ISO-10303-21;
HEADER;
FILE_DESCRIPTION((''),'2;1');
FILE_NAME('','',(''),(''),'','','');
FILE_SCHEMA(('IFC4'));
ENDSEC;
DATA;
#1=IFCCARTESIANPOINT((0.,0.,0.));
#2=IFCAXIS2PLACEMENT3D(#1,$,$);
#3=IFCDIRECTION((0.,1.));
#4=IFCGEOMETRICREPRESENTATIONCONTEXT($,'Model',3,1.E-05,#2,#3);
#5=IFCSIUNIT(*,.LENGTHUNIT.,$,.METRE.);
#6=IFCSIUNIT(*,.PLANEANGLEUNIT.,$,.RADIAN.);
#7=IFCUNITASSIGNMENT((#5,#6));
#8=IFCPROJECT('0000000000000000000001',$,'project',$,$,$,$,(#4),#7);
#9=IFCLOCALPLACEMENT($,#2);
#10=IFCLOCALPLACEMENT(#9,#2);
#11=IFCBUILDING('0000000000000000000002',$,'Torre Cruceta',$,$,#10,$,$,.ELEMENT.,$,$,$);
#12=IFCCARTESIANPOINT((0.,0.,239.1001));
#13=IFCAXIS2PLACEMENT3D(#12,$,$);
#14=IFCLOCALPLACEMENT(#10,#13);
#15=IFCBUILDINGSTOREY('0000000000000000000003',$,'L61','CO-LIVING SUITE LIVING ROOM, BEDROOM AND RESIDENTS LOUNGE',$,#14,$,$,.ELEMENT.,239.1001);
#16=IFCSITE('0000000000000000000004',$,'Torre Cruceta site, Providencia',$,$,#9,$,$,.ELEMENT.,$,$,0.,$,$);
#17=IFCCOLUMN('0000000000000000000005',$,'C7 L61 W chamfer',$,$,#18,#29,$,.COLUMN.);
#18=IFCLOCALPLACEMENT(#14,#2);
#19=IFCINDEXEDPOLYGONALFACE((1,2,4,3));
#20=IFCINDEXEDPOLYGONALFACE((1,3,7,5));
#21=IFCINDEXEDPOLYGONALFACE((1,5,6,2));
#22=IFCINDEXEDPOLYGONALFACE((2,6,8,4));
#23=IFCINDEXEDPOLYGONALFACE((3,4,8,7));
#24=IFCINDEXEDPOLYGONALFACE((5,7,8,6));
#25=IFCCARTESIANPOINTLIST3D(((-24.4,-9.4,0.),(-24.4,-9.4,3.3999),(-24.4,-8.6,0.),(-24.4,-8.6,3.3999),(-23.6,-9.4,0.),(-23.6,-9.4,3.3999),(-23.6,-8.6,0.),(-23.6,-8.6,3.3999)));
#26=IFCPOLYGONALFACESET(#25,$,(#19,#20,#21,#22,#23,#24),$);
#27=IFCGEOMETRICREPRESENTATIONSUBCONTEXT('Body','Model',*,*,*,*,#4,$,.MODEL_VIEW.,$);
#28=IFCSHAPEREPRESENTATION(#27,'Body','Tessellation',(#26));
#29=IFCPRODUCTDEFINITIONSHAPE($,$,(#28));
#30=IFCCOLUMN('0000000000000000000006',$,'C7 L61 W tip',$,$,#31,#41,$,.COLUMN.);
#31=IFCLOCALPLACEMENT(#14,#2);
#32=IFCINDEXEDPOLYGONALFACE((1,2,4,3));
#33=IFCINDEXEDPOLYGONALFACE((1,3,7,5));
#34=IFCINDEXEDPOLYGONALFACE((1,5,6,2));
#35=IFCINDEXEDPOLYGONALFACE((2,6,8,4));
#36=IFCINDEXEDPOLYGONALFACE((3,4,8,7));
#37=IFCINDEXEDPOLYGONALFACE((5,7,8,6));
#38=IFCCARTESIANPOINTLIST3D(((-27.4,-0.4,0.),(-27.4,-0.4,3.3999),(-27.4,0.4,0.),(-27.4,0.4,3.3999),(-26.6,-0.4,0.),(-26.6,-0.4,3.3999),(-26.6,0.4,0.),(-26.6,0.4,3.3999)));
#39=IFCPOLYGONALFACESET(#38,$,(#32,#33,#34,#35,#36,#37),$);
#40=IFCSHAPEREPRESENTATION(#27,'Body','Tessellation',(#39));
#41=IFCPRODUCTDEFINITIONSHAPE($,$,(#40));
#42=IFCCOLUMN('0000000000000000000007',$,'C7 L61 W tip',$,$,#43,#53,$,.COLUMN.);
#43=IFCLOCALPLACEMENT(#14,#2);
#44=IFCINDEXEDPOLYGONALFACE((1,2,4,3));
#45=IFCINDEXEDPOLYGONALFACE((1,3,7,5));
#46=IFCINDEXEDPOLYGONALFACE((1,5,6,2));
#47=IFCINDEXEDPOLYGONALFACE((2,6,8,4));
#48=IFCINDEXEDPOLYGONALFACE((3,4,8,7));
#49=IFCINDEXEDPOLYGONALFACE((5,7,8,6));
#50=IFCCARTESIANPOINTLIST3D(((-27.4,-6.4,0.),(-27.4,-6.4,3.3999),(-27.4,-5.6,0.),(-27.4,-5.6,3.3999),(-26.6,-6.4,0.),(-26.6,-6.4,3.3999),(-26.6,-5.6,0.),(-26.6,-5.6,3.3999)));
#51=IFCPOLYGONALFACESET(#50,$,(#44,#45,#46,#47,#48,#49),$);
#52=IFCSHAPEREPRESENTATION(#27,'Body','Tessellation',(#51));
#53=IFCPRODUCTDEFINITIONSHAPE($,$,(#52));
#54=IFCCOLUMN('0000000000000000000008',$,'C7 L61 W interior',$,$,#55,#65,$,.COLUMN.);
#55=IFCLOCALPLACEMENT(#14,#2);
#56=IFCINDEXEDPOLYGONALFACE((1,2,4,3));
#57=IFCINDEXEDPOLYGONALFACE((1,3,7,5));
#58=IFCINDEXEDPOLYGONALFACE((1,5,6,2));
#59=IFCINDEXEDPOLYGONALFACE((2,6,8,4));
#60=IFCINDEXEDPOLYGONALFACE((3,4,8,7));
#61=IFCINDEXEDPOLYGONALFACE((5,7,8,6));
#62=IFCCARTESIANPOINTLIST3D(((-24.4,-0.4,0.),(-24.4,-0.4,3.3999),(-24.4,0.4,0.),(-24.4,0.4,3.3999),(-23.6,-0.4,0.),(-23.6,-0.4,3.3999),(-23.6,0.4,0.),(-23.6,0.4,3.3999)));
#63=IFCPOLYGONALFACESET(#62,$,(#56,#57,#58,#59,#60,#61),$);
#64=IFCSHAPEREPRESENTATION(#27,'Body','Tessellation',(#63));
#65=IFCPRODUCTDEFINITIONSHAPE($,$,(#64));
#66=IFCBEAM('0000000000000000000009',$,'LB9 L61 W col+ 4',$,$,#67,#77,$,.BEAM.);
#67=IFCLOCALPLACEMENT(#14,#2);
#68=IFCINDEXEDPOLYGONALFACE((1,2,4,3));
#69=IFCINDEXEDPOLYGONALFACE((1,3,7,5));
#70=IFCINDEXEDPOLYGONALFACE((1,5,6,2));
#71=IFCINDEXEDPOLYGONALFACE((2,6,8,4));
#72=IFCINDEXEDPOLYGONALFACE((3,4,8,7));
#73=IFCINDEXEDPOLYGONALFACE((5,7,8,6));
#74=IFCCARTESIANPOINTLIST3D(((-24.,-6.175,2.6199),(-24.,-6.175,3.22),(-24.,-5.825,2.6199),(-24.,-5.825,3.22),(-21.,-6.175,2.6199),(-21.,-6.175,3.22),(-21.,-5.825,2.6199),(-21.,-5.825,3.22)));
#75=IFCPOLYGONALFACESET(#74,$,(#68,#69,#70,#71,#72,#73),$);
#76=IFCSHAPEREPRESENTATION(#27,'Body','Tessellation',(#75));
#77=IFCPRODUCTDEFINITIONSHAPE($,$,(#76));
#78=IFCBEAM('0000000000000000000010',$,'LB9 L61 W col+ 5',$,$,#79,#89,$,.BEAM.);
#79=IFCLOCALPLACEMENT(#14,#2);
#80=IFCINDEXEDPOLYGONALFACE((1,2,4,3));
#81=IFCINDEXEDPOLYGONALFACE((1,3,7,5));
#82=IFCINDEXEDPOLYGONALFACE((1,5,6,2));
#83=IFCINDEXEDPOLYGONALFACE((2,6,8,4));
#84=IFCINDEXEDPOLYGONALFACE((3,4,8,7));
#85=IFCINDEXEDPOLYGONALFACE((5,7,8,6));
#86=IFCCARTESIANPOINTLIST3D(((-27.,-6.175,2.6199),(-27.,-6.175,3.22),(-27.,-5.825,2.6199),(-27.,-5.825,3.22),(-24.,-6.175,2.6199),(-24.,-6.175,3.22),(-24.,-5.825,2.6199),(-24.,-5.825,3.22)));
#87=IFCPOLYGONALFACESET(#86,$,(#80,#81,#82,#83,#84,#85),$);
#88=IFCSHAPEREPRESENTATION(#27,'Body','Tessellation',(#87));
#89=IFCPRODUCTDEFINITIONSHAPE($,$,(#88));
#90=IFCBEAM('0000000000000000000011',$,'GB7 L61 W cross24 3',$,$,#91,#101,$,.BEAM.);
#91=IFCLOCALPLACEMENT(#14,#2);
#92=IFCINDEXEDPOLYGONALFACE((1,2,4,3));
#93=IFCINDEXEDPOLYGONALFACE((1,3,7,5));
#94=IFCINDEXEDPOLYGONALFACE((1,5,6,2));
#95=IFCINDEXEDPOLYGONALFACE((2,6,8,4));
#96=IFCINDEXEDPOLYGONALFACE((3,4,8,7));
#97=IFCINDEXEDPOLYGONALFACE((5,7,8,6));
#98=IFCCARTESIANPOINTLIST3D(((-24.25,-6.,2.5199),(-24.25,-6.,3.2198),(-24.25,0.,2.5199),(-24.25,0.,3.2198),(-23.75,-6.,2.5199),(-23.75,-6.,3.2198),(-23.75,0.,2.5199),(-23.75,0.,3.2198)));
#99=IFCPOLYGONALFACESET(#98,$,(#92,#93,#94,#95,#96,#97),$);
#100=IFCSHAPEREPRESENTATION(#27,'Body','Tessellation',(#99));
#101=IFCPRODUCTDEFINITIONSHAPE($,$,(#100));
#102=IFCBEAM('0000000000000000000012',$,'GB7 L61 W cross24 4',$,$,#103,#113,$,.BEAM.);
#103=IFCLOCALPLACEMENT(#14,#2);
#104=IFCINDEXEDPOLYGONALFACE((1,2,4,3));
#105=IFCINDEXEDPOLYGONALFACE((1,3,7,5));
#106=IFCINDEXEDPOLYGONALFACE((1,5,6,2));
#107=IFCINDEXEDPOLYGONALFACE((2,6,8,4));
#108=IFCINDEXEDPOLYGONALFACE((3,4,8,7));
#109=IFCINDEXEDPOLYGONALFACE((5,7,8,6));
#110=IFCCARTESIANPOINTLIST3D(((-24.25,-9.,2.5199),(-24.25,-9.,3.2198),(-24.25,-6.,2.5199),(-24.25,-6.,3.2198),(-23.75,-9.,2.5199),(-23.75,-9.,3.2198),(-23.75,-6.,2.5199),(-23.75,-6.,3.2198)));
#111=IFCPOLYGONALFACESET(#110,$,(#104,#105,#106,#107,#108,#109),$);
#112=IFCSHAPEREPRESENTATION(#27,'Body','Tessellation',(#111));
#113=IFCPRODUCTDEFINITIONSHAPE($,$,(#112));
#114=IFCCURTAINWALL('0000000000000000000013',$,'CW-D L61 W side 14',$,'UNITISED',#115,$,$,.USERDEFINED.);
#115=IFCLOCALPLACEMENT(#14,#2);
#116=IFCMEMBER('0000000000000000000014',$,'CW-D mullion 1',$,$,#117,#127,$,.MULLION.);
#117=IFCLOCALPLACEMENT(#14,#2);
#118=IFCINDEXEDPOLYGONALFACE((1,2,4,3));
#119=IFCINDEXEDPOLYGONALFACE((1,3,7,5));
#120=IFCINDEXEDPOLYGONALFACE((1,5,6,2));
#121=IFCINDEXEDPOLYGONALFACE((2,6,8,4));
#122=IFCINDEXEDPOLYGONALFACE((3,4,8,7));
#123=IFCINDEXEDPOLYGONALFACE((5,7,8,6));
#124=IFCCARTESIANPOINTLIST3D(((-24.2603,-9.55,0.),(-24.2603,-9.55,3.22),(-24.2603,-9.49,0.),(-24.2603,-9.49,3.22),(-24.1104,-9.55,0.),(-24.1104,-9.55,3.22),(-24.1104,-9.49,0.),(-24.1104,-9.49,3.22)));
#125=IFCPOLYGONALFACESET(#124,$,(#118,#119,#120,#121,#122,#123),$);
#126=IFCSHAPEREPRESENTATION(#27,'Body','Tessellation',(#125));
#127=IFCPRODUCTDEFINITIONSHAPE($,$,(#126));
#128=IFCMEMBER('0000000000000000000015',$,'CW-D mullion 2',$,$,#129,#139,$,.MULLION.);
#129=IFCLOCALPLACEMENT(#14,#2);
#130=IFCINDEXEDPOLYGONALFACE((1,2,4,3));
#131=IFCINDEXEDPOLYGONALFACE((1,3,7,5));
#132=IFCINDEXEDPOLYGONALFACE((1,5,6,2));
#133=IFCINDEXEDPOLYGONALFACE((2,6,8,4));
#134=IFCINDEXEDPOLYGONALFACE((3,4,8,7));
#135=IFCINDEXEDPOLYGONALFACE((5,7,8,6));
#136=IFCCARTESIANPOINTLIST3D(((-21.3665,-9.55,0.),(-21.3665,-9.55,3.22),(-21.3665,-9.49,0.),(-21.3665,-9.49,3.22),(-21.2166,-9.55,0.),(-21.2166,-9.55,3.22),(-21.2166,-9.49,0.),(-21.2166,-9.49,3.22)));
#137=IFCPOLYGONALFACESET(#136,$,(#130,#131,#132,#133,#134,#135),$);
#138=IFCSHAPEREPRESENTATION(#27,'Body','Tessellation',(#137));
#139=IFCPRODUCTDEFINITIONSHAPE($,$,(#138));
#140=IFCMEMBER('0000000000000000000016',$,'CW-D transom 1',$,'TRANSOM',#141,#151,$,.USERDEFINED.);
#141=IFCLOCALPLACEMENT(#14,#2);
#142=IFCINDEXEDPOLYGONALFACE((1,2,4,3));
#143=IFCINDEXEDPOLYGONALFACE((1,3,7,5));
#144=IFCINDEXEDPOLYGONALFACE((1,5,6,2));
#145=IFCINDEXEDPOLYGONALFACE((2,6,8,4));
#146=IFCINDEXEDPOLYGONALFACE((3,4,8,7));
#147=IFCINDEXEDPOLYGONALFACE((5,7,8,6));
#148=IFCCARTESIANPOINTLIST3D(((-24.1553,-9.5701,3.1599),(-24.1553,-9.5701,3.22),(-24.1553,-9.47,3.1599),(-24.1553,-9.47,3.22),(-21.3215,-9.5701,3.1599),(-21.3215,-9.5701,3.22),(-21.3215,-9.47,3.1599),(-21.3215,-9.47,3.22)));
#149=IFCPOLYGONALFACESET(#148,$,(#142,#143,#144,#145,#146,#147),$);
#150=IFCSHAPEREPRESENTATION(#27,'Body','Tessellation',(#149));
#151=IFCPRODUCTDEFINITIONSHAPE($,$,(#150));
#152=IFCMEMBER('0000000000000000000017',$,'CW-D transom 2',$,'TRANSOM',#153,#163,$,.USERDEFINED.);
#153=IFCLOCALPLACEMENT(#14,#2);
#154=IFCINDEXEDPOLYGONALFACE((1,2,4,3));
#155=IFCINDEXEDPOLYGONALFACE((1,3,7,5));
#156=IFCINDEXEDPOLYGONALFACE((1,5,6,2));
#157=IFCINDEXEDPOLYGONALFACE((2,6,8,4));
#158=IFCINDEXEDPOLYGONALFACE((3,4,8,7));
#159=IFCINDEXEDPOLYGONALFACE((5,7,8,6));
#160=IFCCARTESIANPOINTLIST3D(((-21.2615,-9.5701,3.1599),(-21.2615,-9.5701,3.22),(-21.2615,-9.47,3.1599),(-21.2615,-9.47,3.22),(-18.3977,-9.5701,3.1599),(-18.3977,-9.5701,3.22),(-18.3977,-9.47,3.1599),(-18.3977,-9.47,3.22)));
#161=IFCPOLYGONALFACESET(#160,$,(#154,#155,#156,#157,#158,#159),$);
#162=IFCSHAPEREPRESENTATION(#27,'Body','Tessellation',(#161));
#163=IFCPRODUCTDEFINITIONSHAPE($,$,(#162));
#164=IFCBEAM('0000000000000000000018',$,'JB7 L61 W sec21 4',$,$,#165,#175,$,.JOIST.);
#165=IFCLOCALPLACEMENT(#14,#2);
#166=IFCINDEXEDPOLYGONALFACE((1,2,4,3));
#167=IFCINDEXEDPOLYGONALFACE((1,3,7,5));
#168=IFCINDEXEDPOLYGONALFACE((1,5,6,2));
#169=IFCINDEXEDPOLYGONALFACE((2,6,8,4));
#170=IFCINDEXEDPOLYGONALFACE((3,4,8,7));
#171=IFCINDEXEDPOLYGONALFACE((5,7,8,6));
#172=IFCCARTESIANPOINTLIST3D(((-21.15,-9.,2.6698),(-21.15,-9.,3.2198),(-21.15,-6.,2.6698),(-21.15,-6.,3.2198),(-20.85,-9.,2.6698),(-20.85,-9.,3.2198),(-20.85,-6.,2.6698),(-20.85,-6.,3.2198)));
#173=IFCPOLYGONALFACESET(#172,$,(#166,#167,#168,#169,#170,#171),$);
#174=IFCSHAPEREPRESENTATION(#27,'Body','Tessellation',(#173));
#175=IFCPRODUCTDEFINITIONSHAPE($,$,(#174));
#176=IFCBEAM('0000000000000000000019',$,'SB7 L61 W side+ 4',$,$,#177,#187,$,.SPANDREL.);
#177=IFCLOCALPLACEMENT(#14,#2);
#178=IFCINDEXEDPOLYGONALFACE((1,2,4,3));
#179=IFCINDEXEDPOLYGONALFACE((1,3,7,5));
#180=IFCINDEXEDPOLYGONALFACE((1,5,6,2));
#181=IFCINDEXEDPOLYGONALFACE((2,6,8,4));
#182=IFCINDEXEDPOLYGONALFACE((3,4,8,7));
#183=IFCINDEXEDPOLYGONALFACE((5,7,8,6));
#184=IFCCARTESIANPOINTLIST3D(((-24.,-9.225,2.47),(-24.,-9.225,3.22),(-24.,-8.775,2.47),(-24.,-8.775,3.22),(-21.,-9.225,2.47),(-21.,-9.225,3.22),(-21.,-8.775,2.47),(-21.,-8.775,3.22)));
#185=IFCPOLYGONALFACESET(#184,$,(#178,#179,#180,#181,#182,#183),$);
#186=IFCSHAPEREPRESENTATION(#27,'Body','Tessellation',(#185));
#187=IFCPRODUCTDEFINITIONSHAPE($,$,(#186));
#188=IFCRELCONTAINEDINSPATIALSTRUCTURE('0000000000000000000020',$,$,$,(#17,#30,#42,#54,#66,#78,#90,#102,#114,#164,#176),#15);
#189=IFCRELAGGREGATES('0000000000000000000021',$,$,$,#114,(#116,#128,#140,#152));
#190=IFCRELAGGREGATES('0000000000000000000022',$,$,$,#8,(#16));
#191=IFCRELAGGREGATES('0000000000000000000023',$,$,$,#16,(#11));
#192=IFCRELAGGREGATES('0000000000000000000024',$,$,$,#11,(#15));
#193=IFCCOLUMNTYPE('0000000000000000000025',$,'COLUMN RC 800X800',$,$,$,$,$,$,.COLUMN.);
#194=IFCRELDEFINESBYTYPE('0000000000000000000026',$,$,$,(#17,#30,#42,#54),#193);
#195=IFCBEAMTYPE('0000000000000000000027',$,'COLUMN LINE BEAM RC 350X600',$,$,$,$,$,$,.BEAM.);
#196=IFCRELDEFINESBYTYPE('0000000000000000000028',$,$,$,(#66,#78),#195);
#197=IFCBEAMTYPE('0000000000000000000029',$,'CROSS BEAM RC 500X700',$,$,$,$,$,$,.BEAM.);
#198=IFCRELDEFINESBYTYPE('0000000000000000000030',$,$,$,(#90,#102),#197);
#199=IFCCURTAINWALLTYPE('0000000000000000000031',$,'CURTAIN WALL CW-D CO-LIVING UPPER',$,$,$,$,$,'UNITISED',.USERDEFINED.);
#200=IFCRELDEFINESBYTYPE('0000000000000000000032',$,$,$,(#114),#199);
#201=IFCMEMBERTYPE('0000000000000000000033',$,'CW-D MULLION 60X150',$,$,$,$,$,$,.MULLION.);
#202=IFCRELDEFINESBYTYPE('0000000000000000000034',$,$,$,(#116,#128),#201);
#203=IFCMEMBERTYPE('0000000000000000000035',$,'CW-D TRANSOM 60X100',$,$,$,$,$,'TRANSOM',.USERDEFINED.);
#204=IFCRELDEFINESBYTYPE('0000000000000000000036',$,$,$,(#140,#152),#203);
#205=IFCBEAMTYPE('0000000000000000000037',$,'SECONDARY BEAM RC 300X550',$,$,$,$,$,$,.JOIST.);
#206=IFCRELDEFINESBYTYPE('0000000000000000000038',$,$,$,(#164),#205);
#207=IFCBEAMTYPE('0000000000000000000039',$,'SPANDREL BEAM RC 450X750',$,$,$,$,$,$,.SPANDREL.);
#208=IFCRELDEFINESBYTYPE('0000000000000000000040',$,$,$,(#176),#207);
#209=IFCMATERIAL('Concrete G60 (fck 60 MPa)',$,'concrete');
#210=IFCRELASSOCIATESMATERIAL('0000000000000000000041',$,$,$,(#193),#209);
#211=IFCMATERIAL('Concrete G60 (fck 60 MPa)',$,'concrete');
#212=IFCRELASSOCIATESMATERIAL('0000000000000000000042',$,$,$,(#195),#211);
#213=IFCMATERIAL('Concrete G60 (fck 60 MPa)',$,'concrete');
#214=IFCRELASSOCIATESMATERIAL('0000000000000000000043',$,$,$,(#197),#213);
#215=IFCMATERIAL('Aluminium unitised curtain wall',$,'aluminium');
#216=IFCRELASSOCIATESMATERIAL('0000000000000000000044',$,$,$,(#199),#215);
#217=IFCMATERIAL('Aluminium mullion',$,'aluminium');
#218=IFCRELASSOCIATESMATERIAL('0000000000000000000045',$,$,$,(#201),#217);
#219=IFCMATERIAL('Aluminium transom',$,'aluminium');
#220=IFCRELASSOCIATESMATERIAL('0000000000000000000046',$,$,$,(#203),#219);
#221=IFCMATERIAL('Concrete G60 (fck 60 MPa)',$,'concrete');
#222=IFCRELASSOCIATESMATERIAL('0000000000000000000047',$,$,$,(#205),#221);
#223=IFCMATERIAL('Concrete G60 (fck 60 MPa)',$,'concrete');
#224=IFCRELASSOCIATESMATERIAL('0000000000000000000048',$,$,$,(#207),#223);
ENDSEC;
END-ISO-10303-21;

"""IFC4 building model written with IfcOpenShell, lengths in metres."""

from ifc_helpers import new_model, si_unit, direction, frame, origin, origin_2d, place, context, subcontext, project, spatial, rectangle, extrude, material, material_profile, profile_set, type_object, element, aggregate, save


model = new_model("IFC4")

# Units and contexts
model_context = context("Model", 3, precision=1e-05, world=origin(), true_north=direction((0.0, 1.0)))
body_context = subcontext(model_context, "Body", "Model", "MODEL_VIEW")
ifc_project = project(units=[si_unit("LENGTHUNIT", "METRE"), si_unit("PLANEANGLEUNIT", "RADIAN")], contexts=[model_context])

# Site, building, storey
site_placement = place(None, origin())
site = spatial("IfcSite", under=ifc_project, at=site_placement, Name="Torre Cruceta site, Providencia", CompositionType="ELEMENT", RefElevation=0.0)
building_placement = place(site_placement, origin())
building = spatial("IfcBuilding", under=site, at=building_placement, Name="Torre Cruceta", CompositionType="ELEMENT")
storey_placement = place(building_placement, frame((0.0, 0.0, 239.1001)))
storey = spatial("IfcBuildingStorey", under=building, at=storey_placement, Name="L61", Description="CO-LIVING SUITE LIVING ROOM, BEDROOM AND RESIDENTS LOUNGE", CompositionType="ELEMENT", Elevation=239.1001)

# Columns
ifc_material_1 = material(Name="Concrete G60 (fck 60 MPa)", Category="concrete")
ifc_material_profile_1 = material_profile(ifc_material_1, rectangle(XDim=0.8, YDim=0.8, at=origin_2d()), Name="RC 800X800")
ifc_profile_set_1 = profile_set([ifc_material_profile_1], Name="Concrete G60 (fck 60 MPa)")
column_type = type_object("IfcColumnType", Name="COLUMN RC 800X800", PredefinedType="COLUMN", material=ifc_profile_set_1)
for number, where, z_axis, x_axis, name in (
    (1, (-24.0, -9.0, 0.0), (0.0, 0.0, 1.0), (1.0, 0.0, 0.0), "C7 L61 W chamfer"),
    (2, (-27.0, 0.0, 0.0), (0.0, 0.0, 1.0), (1.0, 0.0, 0.0), "C7 L61 W tip"),
    (3, (-27.0, -6.0, 0.0), (0.0, 0.0, 1.0), (1.0, 0.0, 0.0), "C7 L61 W tip"),
    (4, (-24.0, 0.0, 0.0), (0.0, 0.0, 1.0), (1.0, 0.0, 0.0), "C7 L61 W interior"),
):
    element("IfcColumn", number, at=place(storey_placement, frame(where, z_axis=z_axis, x_axis=x_axis)), inside=storey, type_object=column_type, Name=name, PredefinedType="COLUMN", context=body_context, shape_type="SweptSolid", body=[
        extrude(rectangle(XDim=0.8, YDim=0.8, at=origin_2d()), origin(), (0.0, 0.0, 1.0), 3.3999),
    ])

# Beams
ifc_material_2 = material(Name="Concrete G60 (fck 60 MPa)", Category="concrete")
ifc_material_profile_2 = material_profile(ifc_material_2, rectangle(XDim=0.3501, YDim=0.6001, at=origin_2d()), Name="RC 350X600")
ifc_profile_set_2 = profile_set([ifc_material_profile_2], Name="Concrete G60 (fck 60 MPa)")
beam_type_1 = type_object("IfcBeamType", Name="COLUMN LINE BEAM RC 350X600", PredefinedType="BEAM", material=ifc_profile_set_2)
for number, where, z_axis, x_axis, name in (
    (5, (-21.0, -6.0, 2.9199), (-1.0, 0.0, 0.0), (0.0, -1.0, 0.0), "LB9 L61 W col+ 4"),
    (6, (-24.0, -6.0, 2.9199), (-1.0, 0.0, 0.0), (0.0, -1.0, 0.0), "LB9 L61 W col+ 5"),
):
    element("IfcBeam", number, at=place(storey_placement, frame(where, z_axis=z_axis, x_axis=x_axis)), inside=storey, type_object=beam_type_1, Name=name, PredefinedType="BEAM", context=body_context, shape_type="SweptSolid", body=[
        extrude(rectangle(XDim=0.3501, YDim=0.6001, at=origin_2d()), origin(), (0.0, 0.0, 1.0), 3.0),
    ])
ifc_material_3 = material(Name="Concrete G60 (fck 60 MPa)", Category="concrete")
ifc_material_profile_3 = material_profile(ifc_material_3, rectangle(XDim=0.5, YDim=0.7, at=origin_2d()), Name="RC 500X700")
ifc_profile_set_3 = profile_set([ifc_material_profile_3], Name="Concrete G60 (fck 60 MPa)")
beam_type_2 = type_object("IfcBeamType", Name="CROSS BEAM RC 500X700", PredefinedType="BEAM", material=ifc_profile_set_3)
beam_1_placement = place(storey_placement, frame((-24.0, 0.0, 2.8699), z_axis=(0.0, -1.0, 0.0), x_axis=(1.0, 0.0, 0.0)))
element("IfcBeam", 7, at=beam_1_placement, inside=storey, type_object=beam_type_2, Name="GB7 L61 W cross24 3", PredefinedType="BEAM", context=body_context, shape_type="SweptSolid", body=[
    extrude(rectangle(XDim=0.5, YDim=0.7, at=origin_2d()), origin(), (0.0, 0.0, 1.0), 6.0),
])
beam_2_placement = place(storey_placement, frame((-24.0, -6.0, 2.8699), z_axis=(0.0, -1.0, 0.0), x_axis=(1.0, 0.0, 0.0)))
element("IfcBeam", 8, at=beam_2_placement, inside=storey, type_object=beam_type_2, Name="GB7 L61 W cross24 4", PredefinedType="BEAM", context=body_context, shape_type="SweptSolid", body=[
    extrude(rectangle(XDim=0.5, YDim=0.7, at=origin_2d()), origin(), (0.0, 0.0, 1.0), 3.0),
])

# Curtain wall, members
ifc_material_4 = material(Name="Aluminium unitised curtain wall", Category="aluminium")
curtain_wall_type = type_object("IfcCurtainWallType", Name="CURTAIN WALL CW-D CO-LIVING UPPER", ElementType="UNITISED", PredefinedType="USERDEFINED", material=ifc_material_4)
curtain_wall_placement = place(storey_placement, origin())
curtain_wall = element("IfcCurtainWall", 9, at=curtain_wall_placement, inside=storey, type_object=curtain_wall_type, Name="CW-D L61 W side 14", ObjectType="UNITISED", PredefinedType="USERDEFINED")
ifc_material_5 = material(Name="Aluminium mullion", Category="aluminium")
ifc_material_profile_4 = material_profile(ifc_material_5, rectangle(XDim=0.0601, YDim=0.1499, at=origin_2d()), Name="AL 60X150")
ifc_profile_set_4 = profile_set([ifc_material_profile_4], Name="Aluminium mullion")
member_type_1 = type_object("IfcMemberType", Name="CW-D MULLION 60X150", PredefinedType="MULLION", material=ifc_profile_set_4)
member_1_placement = place(storey_placement, frame((-24.1853, -9.52, 0.0), z_axis=(0.0, 0.0, 1.0), x_axis=(0.0, 1.0, 0.0)))
member_1 = element("IfcMember", 10, at=member_1_placement, type_object=member_type_1, Name="CW-D mullion 1", PredefinedType="MULLION", context=body_context, shape_type="SweptSolid", body=[
    extrude(rectangle(XDim=0.0601, YDim=0.1499, at=origin_2d()), origin(), (0.0, 0.0, 1.0), 3.22),
])
member_2_placement = place(storey_placement, frame((-21.2915, -9.52, 0.0), z_axis=(0.0, 0.0, 1.0), x_axis=(0.0, 1.0, 0.0)))
member_2 = element("IfcMember", 11, at=member_2_placement, type_object=member_type_1, Name="CW-D mullion 2", PredefinedType="MULLION", context=body_context, shape_type="SweptSolid", body=[
    extrude(rectangle(XDim=0.0601, YDim=0.1499, at=origin_2d()), origin(), (0.0, 0.0, 1.0), 3.22),
])
ifc_material_6 = material(Name="Aluminium transom", Category="aluminium")
ifc_material_profile_5 = material_profile(ifc_material_6, rectangle(XDim=0.1001, YDim=0.0601, at=origin_2d()), Name="AL 100X60")
ifc_profile_set_5 = profile_set([ifc_material_profile_5], Name="Aluminium transom")
member_type_2 = type_object("IfcMemberType", Name="CW-D TRANSOM 60X100", ElementType="TRANSOM", PredefinedType="USERDEFINED", material=ifc_profile_set_5)
member_3_placement = place(storey_placement, frame((-24.1553, -9.52, 3.1899), z_axis=(1.0, 0.0, 0.0), x_axis=(0.0, 1.0, 0.0)))
member_3 = element("IfcMember", 12, at=member_3_placement, type_object=member_type_2, Name="CW-D transom 1", ObjectType="TRANSOM", PredefinedType="USERDEFINED", context=body_context, shape_type="SweptSolid", body=[
    extrude(rectangle(XDim=0.1001, YDim=0.0601, at=origin_2d()), origin(), (0.0, 0.0, 1.0), 2.8337),
])
member_4_placement = place(storey_placement, frame((-21.2615, -9.52, 3.1899), z_axis=(1.0, 0.0, 0.0), x_axis=(0.0, 1.0, 0.0)))
member_4 = element("IfcMember", 13, at=member_4_placement, type_object=member_type_2, Name="CW-D transom 2", ObjectType="TRANSOM", PredefinedType="USERDEFINED", context=body_context, shape_type="SweptSolid", body=[
    extrude(rectangle(XDim=0.1001, YDim=0.0601, at=origin_2d()), origin(), (0.0, 0.0, 1.0), 2.8638),
])

# Beams
ifc_material_7 = material(Name="Concrete G60 (fck 60 MPa)", Category="concrete")
ifc_material_profile_6 = material_profile(ifc_material_7, rectangle(XDim=0.3, YDim=0.55, at=origin_2d()), Name="RC 300X550")
ifc_profile_set_6 = profile_set([ifc_material_profile_6], Name="Concrete G60 (fck 60 MPa)")
beam_type_3 = type_object("IfcBeamType", Name="SECONDARY BEAM RC 300X550", PredefinedType="JOIST", material=ifc_profile_set_6)
beam_3_placement = place(storey_placement, frame((-21.0, -6.0, 2.9448), z_axis=(0.0, -1.0, 0.0), x_axis=(1.0, 0.0, 0.0)))
element("IfcBeam", 14, at=beam_3_placement, inside=storey, type_object=beam_type_3, Name="JB7 L61 W sec21 4", PredefinedType="JOIST", context=body_context, shape_type="SweptSolid", body=[
    extrude(rectangle(XDim=0.3, YDim=0.55, at=origin_2d()), origin(), (0.0, 0.0, 1.0), 3.0),
])
ifc_material_8 = material(Name="Concrete G60 (fck 60 MPa)", Category="concrete")
ifc_material_profile_7 = material_profile(ifc_material_8, rectangle(XDim=0.45, YDim=0.75, at=origin_2d()), Name="RC 450X750")
ifc_profile_set_7 = profile_set([ifc_material_profile_7], Name="Concrete G60 (fck 60 MPa)")
beam_type_4 = type_object("IfcBeamType", Name="SPANDREL BEAM RC 450X750", PredefinedType="SPANDREL", material=ifc_profile_set_7)
beam_4_placement = place(storey_placement, frame((-21.0, -9.0, 2.845), z_axis=(-1.0, 0.0, 0.0), x_axis=(0.0, -1.0, 0.0)))
element("IfcBeam", 15, at=beam_4_placement, inside=storey, type_object=beam_type_4, Name="SB7 L61 W side+ 4", PredefinedType="SPANDREL", context=body_context, shape_type="SweptSolid", body=[
    extrude(rectangle(XDim=0.45, YDim=0.75, at=origin_2d()), origin(), (0.0, 0.0, 1.0), 3.0),
])

aggregate(curtain_wall, [member_1, member_2, member_3, member_4])

save(model, "model.ifc")
